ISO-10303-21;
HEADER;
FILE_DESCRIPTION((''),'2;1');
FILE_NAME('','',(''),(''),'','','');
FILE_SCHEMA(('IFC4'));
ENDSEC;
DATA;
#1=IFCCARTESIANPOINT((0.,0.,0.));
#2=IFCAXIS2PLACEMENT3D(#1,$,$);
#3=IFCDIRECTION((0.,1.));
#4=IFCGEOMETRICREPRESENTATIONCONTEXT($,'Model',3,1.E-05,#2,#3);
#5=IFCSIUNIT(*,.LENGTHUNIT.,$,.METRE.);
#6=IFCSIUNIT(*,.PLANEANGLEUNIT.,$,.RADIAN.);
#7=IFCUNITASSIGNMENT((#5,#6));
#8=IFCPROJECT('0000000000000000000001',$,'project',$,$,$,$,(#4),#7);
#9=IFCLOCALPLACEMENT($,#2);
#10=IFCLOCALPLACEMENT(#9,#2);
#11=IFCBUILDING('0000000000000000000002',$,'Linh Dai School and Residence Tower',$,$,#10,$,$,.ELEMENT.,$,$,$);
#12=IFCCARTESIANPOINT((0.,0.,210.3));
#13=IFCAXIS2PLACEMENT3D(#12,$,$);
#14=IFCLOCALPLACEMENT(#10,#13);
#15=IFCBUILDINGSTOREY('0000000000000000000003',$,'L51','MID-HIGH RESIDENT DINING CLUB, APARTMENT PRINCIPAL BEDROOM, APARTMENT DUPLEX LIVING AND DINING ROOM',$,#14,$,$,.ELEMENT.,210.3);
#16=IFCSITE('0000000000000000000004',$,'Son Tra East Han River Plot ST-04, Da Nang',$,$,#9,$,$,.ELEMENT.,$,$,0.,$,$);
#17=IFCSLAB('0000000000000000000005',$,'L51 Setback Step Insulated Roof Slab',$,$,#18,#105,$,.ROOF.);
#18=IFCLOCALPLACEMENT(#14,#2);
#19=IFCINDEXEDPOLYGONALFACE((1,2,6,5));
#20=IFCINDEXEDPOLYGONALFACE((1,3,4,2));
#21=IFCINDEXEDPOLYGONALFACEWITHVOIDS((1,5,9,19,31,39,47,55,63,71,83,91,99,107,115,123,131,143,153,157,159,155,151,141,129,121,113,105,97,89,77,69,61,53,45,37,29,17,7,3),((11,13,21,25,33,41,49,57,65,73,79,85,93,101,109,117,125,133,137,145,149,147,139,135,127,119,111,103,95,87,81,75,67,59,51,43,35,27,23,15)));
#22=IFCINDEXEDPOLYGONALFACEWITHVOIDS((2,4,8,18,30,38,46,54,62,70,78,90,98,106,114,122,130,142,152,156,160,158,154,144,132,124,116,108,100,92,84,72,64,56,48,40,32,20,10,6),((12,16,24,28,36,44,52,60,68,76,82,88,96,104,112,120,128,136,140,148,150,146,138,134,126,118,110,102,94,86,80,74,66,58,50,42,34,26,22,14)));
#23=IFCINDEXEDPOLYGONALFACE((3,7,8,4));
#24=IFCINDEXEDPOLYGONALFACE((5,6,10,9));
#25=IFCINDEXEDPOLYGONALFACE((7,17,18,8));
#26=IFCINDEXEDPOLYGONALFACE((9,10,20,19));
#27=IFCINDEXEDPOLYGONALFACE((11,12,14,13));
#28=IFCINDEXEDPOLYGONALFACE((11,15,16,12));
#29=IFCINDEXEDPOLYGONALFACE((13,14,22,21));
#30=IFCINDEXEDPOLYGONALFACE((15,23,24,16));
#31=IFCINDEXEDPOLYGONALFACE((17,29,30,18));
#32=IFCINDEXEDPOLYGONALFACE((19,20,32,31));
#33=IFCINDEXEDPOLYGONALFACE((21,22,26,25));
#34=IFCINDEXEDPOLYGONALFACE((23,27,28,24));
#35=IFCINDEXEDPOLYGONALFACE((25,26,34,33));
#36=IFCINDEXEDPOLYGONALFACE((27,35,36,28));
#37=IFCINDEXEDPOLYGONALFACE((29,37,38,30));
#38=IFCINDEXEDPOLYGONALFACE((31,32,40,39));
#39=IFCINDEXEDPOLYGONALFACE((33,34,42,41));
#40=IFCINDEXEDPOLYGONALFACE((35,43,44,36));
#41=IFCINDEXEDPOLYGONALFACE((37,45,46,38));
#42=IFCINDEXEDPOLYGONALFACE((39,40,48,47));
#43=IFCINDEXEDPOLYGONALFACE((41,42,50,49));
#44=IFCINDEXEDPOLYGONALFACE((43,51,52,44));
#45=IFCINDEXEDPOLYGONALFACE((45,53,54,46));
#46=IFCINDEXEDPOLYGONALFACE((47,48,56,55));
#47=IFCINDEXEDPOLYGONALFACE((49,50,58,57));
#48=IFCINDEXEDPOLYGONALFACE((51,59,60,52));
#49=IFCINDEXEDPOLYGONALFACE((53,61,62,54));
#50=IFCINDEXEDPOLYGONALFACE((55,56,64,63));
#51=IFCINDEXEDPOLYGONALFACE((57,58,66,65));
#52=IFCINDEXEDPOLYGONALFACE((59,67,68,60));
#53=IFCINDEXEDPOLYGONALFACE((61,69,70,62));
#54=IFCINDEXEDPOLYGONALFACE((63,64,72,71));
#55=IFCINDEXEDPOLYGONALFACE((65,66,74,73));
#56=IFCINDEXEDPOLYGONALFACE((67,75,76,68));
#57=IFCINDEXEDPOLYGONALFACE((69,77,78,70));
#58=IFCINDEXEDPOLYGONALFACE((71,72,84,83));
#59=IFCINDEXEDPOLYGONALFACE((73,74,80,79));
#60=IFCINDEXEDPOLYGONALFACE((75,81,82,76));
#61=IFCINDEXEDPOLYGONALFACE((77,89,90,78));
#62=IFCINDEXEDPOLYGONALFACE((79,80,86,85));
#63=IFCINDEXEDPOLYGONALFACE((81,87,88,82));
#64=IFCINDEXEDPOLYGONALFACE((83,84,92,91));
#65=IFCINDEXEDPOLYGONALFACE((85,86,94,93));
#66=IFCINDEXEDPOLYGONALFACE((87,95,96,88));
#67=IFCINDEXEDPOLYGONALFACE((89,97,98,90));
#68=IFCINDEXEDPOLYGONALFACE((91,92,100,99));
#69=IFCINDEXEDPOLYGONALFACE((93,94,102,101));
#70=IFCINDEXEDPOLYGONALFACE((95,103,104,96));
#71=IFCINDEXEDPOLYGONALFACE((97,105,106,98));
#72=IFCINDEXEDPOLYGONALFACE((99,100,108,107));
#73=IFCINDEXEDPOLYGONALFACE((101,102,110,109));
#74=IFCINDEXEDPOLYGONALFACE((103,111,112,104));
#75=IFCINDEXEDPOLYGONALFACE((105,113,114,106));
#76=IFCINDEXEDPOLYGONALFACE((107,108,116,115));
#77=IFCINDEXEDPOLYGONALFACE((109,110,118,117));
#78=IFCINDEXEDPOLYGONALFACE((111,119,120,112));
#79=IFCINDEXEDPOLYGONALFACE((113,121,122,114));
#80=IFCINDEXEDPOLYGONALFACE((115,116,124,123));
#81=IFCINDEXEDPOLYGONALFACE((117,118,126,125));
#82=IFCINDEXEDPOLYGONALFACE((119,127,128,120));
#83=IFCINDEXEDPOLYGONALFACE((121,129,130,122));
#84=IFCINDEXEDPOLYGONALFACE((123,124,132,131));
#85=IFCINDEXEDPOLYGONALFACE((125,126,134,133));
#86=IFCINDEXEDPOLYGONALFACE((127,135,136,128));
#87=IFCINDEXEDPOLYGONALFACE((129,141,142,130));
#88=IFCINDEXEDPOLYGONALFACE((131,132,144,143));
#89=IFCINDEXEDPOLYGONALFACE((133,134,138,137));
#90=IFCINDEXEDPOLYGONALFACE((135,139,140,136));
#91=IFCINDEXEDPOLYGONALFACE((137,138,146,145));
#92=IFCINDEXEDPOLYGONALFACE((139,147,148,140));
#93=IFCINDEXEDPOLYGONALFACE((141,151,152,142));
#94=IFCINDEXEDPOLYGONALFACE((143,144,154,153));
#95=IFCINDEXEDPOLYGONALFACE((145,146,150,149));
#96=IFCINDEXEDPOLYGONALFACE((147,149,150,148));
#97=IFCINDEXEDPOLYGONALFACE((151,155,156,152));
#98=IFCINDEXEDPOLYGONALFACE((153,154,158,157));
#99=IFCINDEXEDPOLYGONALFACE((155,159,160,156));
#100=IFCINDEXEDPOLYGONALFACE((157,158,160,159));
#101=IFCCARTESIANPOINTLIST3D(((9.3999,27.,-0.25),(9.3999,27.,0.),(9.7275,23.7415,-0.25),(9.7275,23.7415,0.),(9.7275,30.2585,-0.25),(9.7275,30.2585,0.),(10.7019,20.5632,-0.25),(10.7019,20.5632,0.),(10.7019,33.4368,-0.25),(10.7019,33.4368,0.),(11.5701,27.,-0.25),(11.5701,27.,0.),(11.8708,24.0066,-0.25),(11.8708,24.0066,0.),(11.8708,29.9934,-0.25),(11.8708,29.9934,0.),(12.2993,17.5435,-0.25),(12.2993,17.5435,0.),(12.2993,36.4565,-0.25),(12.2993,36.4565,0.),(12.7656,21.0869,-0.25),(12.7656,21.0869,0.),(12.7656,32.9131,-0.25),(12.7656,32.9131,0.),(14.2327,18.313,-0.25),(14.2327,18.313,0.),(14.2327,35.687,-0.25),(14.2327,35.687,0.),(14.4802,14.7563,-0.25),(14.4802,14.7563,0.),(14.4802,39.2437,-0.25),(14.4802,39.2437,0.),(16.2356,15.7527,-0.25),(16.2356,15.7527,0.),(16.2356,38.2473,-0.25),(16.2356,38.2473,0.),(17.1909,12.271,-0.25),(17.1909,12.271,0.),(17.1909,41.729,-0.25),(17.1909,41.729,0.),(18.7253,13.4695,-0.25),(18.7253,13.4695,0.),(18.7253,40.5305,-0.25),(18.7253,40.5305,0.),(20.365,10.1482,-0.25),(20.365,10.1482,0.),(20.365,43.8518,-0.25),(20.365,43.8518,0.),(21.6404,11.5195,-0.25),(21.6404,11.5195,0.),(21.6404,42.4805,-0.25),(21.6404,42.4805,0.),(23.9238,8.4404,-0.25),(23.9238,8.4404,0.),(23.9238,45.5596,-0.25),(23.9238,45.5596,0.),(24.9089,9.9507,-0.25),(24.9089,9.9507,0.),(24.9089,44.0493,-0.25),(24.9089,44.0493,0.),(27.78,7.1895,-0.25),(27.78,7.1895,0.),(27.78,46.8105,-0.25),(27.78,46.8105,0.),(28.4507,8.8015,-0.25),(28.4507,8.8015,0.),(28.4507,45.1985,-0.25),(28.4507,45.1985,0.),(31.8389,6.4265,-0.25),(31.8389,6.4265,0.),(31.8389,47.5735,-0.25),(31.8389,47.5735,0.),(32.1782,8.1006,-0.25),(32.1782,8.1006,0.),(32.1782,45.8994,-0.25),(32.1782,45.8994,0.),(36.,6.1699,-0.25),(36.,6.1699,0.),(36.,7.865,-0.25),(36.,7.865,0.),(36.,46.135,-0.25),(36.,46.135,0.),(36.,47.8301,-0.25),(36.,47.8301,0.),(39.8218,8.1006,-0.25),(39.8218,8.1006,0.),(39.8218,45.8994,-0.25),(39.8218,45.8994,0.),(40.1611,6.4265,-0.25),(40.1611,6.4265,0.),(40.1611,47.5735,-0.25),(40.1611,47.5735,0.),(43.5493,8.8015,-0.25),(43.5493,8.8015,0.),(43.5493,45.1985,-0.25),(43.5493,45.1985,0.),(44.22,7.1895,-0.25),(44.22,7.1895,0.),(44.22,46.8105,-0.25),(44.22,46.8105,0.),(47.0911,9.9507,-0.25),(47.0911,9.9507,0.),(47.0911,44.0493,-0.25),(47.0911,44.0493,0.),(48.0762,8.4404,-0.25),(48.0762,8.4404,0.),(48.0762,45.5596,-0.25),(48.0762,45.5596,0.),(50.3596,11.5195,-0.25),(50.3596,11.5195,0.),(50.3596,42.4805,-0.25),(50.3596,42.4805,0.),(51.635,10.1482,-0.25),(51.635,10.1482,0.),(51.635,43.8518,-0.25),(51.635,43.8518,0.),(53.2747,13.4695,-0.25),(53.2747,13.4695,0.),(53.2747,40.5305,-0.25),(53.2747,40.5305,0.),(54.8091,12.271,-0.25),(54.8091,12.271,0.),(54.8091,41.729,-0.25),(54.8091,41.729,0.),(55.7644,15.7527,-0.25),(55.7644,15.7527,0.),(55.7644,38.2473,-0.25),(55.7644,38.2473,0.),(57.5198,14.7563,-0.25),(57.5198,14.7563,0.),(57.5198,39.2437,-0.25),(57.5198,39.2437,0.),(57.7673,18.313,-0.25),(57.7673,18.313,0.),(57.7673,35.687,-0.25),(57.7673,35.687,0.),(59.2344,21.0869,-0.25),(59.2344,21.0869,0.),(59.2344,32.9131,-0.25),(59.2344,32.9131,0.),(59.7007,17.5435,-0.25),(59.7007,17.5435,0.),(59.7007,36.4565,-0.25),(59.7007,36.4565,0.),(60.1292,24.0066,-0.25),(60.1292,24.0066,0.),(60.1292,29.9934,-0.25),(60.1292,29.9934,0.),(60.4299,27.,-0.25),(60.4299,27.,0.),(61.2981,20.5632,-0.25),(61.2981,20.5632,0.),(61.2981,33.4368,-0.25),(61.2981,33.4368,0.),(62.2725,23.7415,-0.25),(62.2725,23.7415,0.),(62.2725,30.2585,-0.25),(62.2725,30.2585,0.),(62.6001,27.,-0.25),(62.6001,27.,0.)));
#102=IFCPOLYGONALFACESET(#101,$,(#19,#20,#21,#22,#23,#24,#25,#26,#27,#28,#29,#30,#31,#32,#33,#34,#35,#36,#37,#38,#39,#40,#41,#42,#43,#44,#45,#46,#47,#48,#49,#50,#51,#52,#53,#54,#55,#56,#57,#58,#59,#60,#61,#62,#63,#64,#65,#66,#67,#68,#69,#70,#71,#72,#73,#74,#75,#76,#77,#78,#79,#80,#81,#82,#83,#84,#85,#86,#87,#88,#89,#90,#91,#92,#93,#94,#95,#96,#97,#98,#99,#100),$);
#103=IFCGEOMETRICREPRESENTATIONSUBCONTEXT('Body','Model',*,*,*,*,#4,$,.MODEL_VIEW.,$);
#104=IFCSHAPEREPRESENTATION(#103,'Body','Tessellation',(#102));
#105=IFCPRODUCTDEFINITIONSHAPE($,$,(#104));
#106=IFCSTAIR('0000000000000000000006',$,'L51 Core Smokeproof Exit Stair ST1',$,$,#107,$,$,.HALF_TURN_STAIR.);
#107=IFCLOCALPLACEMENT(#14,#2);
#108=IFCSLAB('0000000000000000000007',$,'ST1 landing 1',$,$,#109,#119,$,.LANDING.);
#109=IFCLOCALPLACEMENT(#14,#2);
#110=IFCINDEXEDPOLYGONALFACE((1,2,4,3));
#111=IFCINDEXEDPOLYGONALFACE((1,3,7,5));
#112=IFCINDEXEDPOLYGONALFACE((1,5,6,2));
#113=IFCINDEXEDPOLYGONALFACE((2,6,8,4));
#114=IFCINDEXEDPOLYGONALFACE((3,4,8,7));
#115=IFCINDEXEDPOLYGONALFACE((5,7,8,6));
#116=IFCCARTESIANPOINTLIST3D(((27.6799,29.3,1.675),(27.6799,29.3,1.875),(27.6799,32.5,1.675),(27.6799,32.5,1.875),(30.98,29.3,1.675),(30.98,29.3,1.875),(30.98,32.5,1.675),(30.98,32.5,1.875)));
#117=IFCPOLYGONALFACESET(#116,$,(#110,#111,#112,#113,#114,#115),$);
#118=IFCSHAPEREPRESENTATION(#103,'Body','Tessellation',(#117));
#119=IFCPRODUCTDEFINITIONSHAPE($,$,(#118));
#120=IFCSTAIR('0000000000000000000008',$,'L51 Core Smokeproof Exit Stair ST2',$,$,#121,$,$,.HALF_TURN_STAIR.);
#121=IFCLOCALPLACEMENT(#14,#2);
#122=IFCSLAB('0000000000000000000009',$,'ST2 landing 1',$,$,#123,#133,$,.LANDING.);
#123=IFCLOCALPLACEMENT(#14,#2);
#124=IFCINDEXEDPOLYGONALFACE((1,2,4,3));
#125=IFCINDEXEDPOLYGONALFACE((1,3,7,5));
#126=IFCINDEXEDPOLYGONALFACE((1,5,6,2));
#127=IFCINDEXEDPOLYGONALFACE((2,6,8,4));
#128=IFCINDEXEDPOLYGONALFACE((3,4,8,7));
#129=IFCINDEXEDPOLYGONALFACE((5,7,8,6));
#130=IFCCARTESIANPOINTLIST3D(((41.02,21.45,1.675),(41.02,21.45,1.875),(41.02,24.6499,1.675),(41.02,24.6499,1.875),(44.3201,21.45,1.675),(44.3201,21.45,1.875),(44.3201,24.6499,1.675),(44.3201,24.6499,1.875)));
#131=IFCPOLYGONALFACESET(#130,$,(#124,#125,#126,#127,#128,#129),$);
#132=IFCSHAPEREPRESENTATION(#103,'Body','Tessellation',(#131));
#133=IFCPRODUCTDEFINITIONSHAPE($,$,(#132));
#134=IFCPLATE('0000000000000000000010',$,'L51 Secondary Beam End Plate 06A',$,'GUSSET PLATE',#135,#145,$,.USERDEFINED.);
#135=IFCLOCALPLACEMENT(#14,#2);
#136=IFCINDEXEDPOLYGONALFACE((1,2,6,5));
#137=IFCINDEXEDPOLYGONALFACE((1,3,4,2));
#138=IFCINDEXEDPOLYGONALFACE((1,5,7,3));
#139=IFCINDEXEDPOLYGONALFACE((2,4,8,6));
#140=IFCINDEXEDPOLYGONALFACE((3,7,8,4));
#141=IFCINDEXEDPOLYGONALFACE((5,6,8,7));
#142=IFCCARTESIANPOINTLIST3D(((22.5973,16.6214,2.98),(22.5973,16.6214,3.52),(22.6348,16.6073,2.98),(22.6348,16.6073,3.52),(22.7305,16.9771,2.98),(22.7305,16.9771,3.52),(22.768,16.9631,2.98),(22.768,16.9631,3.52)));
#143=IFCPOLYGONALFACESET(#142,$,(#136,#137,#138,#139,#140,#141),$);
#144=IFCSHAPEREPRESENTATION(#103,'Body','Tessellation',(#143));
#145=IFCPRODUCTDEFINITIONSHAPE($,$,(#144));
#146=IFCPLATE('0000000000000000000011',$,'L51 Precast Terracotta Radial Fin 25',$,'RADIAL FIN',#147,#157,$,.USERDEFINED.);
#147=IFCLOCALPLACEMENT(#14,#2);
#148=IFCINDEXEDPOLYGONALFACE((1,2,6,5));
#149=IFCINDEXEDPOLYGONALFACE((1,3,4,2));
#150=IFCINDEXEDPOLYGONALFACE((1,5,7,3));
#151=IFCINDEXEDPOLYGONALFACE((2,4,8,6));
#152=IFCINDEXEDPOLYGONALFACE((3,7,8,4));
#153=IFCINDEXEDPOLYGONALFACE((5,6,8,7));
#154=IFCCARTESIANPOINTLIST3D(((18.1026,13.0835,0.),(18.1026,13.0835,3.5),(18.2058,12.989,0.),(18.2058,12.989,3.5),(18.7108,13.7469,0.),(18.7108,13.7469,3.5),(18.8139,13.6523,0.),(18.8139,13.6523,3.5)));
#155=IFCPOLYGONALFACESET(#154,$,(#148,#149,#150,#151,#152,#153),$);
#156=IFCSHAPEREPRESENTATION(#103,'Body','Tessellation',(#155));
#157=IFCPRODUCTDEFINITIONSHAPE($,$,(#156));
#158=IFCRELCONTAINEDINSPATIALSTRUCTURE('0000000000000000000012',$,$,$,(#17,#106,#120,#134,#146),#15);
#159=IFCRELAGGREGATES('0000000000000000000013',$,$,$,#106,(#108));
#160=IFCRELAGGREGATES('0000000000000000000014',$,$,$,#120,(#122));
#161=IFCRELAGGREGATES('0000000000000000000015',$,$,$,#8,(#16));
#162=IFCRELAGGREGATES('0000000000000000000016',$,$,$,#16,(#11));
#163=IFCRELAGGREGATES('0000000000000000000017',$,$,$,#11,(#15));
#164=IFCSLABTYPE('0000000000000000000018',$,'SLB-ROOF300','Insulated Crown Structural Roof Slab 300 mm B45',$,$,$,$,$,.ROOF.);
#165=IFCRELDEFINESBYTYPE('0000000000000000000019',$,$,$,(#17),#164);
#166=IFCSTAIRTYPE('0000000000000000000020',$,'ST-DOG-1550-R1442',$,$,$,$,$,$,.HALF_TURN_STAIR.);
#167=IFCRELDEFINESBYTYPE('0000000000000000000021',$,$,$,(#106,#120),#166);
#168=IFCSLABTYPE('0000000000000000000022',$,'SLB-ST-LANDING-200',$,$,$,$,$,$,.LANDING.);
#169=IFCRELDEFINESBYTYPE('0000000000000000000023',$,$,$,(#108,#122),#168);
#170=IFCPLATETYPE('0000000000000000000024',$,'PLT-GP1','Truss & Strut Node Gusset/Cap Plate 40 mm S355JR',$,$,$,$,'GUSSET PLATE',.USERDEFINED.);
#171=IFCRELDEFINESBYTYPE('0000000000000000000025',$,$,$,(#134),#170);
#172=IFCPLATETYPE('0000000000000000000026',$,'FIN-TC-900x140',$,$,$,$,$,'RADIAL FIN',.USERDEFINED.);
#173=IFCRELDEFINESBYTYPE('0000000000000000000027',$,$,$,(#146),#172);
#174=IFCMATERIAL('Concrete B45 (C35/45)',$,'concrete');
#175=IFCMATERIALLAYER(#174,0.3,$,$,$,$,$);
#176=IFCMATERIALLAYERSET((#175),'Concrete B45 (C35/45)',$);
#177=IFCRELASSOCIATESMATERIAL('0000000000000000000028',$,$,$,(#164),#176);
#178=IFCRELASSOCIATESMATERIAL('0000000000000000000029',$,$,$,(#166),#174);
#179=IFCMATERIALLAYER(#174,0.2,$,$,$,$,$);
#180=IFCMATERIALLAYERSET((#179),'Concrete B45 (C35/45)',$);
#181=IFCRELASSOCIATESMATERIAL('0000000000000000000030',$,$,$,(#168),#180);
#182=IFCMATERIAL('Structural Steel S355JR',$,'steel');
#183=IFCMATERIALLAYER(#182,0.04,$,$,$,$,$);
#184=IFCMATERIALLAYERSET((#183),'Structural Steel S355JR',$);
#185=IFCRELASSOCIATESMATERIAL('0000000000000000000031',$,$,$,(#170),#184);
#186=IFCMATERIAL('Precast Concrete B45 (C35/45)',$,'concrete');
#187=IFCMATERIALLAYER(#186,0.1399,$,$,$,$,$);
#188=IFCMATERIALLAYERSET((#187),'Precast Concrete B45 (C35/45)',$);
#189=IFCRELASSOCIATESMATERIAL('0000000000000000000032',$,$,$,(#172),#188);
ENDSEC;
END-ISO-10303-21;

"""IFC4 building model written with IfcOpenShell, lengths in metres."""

from ifc_helpers import new_model, si_unit, direction, frame, origin, origin_2d, place, context, subcontext, project, spatial, polyline, rectangle, outline, extrude, source, transform, mapped, material, layer, layer_set, type_object, element, aggregate, save


model = new_model("IFC4")

# Units and contexts
model_context = context("Model", 3, precision=1e-05, world=origin(), true_north=direction((0.0, 1.0)))
body_context = subcontext(model_context, "Body", "Model", "MODEL_VIEW")
ifc_project = project(units=[si_unit("LENGTHUNIT", "METRE"), si_unit("PLANEANGLEUNIT", "RADIAN")], contexts=[model_context])

# Site, building, storey
site_placement = place(None, origin())
site = spatial("IfcSite", under=ifc_project, at=site_placement, Name="Son Tra East Han River Plot ST-04, Da Nang", CompositionType="ELEMENT", RefElevation=0.0)
building_placement = place(site_placement, origin())
building = spatial("IfcBuilding", under=site, at=building_placement, Name="Linh Dai School and Residence Tower", CompositionType="ELEMENT")
storey_placement = place(building_placement, frame((0.0, 0.0, 210.3)))
storey = spatial("IfcBuildingStorey", under=building, at=storey_placement, Name="L51", Description="MID-HIGH RESIDENT DINING CLUB, APARTMENT PRINCIPAL BEDROOM, APARTMENT DUPLEX LIVING AND DINING ROOM", CompositionType="ELEMENT", Elevation=210.3)

# Shared definitions
ifc_material_1 = material(Name="Structural Steel S355JR", Category="steel")

# Slab
ifc_material_2 = material(Name="Concrete B45 (C35/45)", Category="concrete")
ifc_layer_1 = layer(ifc_material_2, 0.3)
ifc_layer_set_1 = layer_set([ifc_layer_1], Name="Concrete B45 (C35/45)")
slab_type_1 = type_object("IfcSlabType", Name="SLB-ROOF300", Description="Insulated Crown Structural Roof Slab 300 mm B45", PredefinedType="ROOF", material=ifc_layer_set_1)
slab_1_placement = place(storey_placement, frame((0.0, 0.0, -0.25)))
element("IfcSlab", 1, at=slab_1_placement, inside=storey, type_object=slab_type_1, Name="L51 Setback Step Insulated Roof Slab", PredefinedType="ROOF", context=body_context, shape_type="SweptSolid", body=[
    extrude(outline(polyline([(62.6001, 27.0), (62.2725, 30.2585), (61.2981, 33.4368), (59.7007, 36.4565), (57.5198, 39.2437), (54.8091, 41.729), (51.635, 43.8518), (48.0762, 45.5596), (44.22, 46.8105), (40.1611, 47.5735), (36.0, 47.8301), (31.8389, 47.5735), (27.78, 46.8105), (23.9238, 45.5596), (20.365, 43.8518), (17.1909, 41.729), (14.4802, 39.2437), (12.2993, 36.4565), (10.7019, 33.4368), (9.7275, 30.2585), (9.3999, 27.0), (9.7275, 23.7415), (10.7019, 20.5632), (12.2993, 17.5435), (14.4802, 14.7563), (17.1909, 12.271), (20.365, 10.1482), (23.9238, 8.4404), (27.78, 7.1895), (31.8389, 6.4265), (36.0, 6.1699), (40.1611, 6.4265), (44.22, 7.1895), (48.0762, 8.4404), (51.635, 10.1482), (54.8091, 12.271), (57.5198, 14.7563), (59.7007, 17.5435), (61.2981, 20.5632), (62.2725, 23.7415), (62.6001, 27.0)]), holes=[polyline([(60.4299, 27.0), (60.1292, 29.9934), (59.2344, 32.9131), (57.7673, 35.687), (55.7644, 38.2473), (53.2747, 40.5305), (50.3596, 42.4805), (47.0911, 44.0493), (43.5493, 45.1985), (39.8218, 45.8994), (36.0, 46.135), (32.1782, 45.8994), (28.4507, 45.1985), (24.9089, 44.0493), (21.6404, 42.4805), (18.7253, 40.5305), (16.2356, 38.2473), (14.2327, 35.687), (12.7656, 32.9131), (11.8708, 29.9934), (11.5701, 27.0), (11.8708, 24.0066), (12.7656, 21.0869), (14.2327, 18.313), (16.2356, 15.7527), (18.7253, 13.4695), (21.6404, 11.5195), (24.9089, 9.9507), (28.4507, 8.8015), (32.1782, 8.1006), (36.0, 7.865), (39.8218, 8.1006), (43.5493, 8.8015), (47.0911, 9.9507), (50.3596, 11.5195), (53.2747, 13.4695), (55.7644, 15.7527), (57.7673, 18.313), (59.2344, 21.0869), (60.1292, 24.0066), (60.4299, 27.0)])]), origin(), (0.0, 0.0, 1.0), 0.25),
])

# Stairs, slabs
stair_type = type_object("IfcStairType", Name="ST-DOG-1550-R1442", PredefinedType="HALF_TURN_STAIR", material=ifc_material_2)
stair_1_placement = place(storey_placement, origin())
stair_1 = element("IfcStair", 2, at=stair_1_placement, inside=storey, type_object=stair_type, Name="L51 Core Smokeproof Exit Stair ST1", PredefinedType="HALF_TURN_STAIR")
ifc_layer_2 = layer(ifc_material_2, 0.2)
ifc_layer_set_2 = layer_set([ifc_layer_2], Name="Concrete B45 (C35/45)")
slab_type_2 = type_object("IfcSlabType", Name="SLB-ST-LANDING-200", PredefinedType="LANDING", material=ifc_layer_set_2)
slab_2_placement = place(storey_placement, frame((0.0, 0.0, 1.675)))
slab_2 = element("IfcSlab", 3, at=slab_2_placement, type_object=slab_type_2, Name="ST1 landing 1", PredefinedType="LANDING", context=body_context, shape_type="SweptSolid", body=[
    extrude(outline(polyline([(30.98, 29.3), (30.98, 32.5), (27.6799, 32.5), (27.6799, 29.3), (30.98, 29.3)])), origin(), (0.0, 0.0, 1.0), 0.2),
])
aggregate(stair_1, [slab_2])
stair_2_placement = place(storey_placement, origin())
stair_2 = element("IfcStair", 4, at=stair_2_placement, inside=storey, type_object=stair_type, Name="L51 Core Smokeproof Exit Stair ST2", PredefinedType="HALF_TURN_STAIR")
slab_3_placement = place(storey_placement, frame((0.0, 0.0, 1.675)))
slab_3 = element("IfcSlab", 5, at=slab_3_placement, type_object=slab_type_2, Name="ST2 landing 1", PredefinedType="LANDING", context=body_context, shape_type="SweptSolid", body=[
    extrude(outline(polyline([(41.02, 24.6499), (41.02, 21.45), (44.3201, 21.45), (44.3201, 24.6499), (41.02, 24.6499)])), origin(), (0.0, 0.0, 1.0), 0.2),
])
aggregate(stair_2, [slab_3])

# Plates
ifc_layer_3 = layer(ifc_material_1, 0.04)
ifc_layer_set_3 = layer_set([ifc_layer_3], Name="Structural Steel S355JR")
plate_type_1 = type_object("IfcPlateType", Name="PLT-GP1", Description="Truss & Strut Node Gusset/Cap Plate 40 mm S355JR", ElementType="GUSSET PLATE", PredefinedType="USERDEFINED", material=ifc_layer_set_3)
shared_shape_1 = source(origin(), body_context, "Body", "SweptSolid", [
    extrude(rectangle(XDim=0.04, YDim=0.3799, at=origin_2d()), origin(), (0.0, 0.0, 1.0), 0.54),
])
plate_1_placement = place(storey_placement, frame((22.6826, 16.7922, 2.98), z_axis=(0.0, 0.0, 1.0), x_axis=(0.936534, -0.350577, 0.0)))
element("IfcPlate", 6, at=plate_1_placement, inside=storey, type_object=plate_type_1, Name="L51 Secondary Beam End Plate 06A", ObjectType="GUSSET PLATE", PredefinedType="USERDEFINED", context=body_context, shape_type="MappedRepresentation", body=[
    mapped(shared_shape_1, transform((0.0, 0.0, 0.0), x_axis=(1.0, 0.0, 0.0), y_axis=(0.0, 1.0, 0.0), z_axis=(0.0, 0.0, 1.0), scale=1.0)),
])
ifc_material_3 = material(Name="Precast Concrete B45 (C35/45)", Category="concrete")
ifc_layer_4 = layer(ifc_material_3, 0.1399)
ifc_layer_set_4 = layer_set([ifc_layer_4], Name="Precast Concrete B45 (C35/45)")
plate_type_2 = type_object("IfcPlateType", Name="FIN-TC-900x140", ElementType="RADIAL FIN", PredefinedType="USERDEFINED", material=ifc_layer_set_4)
shared_shape_2 = source(origin(), body_context, "Body", "SweptSolid", [
    extrude(rectangle(XDim=0.8999, YDim=0.1399, at=origin_2d()), origin(), (0.0, 0.0, 1.0), 3.5),
])
plate_2_placement = place(storey_placement, frame((18.4583, 13.3679, 0.0), z_axis=(0.0, 0.0, 1.0), x_axis=(-0.675756, -0.737125, 0.0)))
element("IfcPlate", 7, at=plate_2_placement, inside=storey, type_object=plate_type_2, Name="L51 Precast Terracotta Radial Fin 25", ObjectType="RADIAL FIN", PredefinedType="USERDEFINED", context=body_context, shape_type="MappedRepresentation", body=[
    mapped(shared_shape_2, transform((0.0, 0.0, 0.0), x_axis=(1.0, 0.0, 0.0), y_axis=(0.0, 1.0, 0.0), z_axis=(0.0, 0.0, 1.0), scale=1.0)),
])

save(model, "model.ifc")
